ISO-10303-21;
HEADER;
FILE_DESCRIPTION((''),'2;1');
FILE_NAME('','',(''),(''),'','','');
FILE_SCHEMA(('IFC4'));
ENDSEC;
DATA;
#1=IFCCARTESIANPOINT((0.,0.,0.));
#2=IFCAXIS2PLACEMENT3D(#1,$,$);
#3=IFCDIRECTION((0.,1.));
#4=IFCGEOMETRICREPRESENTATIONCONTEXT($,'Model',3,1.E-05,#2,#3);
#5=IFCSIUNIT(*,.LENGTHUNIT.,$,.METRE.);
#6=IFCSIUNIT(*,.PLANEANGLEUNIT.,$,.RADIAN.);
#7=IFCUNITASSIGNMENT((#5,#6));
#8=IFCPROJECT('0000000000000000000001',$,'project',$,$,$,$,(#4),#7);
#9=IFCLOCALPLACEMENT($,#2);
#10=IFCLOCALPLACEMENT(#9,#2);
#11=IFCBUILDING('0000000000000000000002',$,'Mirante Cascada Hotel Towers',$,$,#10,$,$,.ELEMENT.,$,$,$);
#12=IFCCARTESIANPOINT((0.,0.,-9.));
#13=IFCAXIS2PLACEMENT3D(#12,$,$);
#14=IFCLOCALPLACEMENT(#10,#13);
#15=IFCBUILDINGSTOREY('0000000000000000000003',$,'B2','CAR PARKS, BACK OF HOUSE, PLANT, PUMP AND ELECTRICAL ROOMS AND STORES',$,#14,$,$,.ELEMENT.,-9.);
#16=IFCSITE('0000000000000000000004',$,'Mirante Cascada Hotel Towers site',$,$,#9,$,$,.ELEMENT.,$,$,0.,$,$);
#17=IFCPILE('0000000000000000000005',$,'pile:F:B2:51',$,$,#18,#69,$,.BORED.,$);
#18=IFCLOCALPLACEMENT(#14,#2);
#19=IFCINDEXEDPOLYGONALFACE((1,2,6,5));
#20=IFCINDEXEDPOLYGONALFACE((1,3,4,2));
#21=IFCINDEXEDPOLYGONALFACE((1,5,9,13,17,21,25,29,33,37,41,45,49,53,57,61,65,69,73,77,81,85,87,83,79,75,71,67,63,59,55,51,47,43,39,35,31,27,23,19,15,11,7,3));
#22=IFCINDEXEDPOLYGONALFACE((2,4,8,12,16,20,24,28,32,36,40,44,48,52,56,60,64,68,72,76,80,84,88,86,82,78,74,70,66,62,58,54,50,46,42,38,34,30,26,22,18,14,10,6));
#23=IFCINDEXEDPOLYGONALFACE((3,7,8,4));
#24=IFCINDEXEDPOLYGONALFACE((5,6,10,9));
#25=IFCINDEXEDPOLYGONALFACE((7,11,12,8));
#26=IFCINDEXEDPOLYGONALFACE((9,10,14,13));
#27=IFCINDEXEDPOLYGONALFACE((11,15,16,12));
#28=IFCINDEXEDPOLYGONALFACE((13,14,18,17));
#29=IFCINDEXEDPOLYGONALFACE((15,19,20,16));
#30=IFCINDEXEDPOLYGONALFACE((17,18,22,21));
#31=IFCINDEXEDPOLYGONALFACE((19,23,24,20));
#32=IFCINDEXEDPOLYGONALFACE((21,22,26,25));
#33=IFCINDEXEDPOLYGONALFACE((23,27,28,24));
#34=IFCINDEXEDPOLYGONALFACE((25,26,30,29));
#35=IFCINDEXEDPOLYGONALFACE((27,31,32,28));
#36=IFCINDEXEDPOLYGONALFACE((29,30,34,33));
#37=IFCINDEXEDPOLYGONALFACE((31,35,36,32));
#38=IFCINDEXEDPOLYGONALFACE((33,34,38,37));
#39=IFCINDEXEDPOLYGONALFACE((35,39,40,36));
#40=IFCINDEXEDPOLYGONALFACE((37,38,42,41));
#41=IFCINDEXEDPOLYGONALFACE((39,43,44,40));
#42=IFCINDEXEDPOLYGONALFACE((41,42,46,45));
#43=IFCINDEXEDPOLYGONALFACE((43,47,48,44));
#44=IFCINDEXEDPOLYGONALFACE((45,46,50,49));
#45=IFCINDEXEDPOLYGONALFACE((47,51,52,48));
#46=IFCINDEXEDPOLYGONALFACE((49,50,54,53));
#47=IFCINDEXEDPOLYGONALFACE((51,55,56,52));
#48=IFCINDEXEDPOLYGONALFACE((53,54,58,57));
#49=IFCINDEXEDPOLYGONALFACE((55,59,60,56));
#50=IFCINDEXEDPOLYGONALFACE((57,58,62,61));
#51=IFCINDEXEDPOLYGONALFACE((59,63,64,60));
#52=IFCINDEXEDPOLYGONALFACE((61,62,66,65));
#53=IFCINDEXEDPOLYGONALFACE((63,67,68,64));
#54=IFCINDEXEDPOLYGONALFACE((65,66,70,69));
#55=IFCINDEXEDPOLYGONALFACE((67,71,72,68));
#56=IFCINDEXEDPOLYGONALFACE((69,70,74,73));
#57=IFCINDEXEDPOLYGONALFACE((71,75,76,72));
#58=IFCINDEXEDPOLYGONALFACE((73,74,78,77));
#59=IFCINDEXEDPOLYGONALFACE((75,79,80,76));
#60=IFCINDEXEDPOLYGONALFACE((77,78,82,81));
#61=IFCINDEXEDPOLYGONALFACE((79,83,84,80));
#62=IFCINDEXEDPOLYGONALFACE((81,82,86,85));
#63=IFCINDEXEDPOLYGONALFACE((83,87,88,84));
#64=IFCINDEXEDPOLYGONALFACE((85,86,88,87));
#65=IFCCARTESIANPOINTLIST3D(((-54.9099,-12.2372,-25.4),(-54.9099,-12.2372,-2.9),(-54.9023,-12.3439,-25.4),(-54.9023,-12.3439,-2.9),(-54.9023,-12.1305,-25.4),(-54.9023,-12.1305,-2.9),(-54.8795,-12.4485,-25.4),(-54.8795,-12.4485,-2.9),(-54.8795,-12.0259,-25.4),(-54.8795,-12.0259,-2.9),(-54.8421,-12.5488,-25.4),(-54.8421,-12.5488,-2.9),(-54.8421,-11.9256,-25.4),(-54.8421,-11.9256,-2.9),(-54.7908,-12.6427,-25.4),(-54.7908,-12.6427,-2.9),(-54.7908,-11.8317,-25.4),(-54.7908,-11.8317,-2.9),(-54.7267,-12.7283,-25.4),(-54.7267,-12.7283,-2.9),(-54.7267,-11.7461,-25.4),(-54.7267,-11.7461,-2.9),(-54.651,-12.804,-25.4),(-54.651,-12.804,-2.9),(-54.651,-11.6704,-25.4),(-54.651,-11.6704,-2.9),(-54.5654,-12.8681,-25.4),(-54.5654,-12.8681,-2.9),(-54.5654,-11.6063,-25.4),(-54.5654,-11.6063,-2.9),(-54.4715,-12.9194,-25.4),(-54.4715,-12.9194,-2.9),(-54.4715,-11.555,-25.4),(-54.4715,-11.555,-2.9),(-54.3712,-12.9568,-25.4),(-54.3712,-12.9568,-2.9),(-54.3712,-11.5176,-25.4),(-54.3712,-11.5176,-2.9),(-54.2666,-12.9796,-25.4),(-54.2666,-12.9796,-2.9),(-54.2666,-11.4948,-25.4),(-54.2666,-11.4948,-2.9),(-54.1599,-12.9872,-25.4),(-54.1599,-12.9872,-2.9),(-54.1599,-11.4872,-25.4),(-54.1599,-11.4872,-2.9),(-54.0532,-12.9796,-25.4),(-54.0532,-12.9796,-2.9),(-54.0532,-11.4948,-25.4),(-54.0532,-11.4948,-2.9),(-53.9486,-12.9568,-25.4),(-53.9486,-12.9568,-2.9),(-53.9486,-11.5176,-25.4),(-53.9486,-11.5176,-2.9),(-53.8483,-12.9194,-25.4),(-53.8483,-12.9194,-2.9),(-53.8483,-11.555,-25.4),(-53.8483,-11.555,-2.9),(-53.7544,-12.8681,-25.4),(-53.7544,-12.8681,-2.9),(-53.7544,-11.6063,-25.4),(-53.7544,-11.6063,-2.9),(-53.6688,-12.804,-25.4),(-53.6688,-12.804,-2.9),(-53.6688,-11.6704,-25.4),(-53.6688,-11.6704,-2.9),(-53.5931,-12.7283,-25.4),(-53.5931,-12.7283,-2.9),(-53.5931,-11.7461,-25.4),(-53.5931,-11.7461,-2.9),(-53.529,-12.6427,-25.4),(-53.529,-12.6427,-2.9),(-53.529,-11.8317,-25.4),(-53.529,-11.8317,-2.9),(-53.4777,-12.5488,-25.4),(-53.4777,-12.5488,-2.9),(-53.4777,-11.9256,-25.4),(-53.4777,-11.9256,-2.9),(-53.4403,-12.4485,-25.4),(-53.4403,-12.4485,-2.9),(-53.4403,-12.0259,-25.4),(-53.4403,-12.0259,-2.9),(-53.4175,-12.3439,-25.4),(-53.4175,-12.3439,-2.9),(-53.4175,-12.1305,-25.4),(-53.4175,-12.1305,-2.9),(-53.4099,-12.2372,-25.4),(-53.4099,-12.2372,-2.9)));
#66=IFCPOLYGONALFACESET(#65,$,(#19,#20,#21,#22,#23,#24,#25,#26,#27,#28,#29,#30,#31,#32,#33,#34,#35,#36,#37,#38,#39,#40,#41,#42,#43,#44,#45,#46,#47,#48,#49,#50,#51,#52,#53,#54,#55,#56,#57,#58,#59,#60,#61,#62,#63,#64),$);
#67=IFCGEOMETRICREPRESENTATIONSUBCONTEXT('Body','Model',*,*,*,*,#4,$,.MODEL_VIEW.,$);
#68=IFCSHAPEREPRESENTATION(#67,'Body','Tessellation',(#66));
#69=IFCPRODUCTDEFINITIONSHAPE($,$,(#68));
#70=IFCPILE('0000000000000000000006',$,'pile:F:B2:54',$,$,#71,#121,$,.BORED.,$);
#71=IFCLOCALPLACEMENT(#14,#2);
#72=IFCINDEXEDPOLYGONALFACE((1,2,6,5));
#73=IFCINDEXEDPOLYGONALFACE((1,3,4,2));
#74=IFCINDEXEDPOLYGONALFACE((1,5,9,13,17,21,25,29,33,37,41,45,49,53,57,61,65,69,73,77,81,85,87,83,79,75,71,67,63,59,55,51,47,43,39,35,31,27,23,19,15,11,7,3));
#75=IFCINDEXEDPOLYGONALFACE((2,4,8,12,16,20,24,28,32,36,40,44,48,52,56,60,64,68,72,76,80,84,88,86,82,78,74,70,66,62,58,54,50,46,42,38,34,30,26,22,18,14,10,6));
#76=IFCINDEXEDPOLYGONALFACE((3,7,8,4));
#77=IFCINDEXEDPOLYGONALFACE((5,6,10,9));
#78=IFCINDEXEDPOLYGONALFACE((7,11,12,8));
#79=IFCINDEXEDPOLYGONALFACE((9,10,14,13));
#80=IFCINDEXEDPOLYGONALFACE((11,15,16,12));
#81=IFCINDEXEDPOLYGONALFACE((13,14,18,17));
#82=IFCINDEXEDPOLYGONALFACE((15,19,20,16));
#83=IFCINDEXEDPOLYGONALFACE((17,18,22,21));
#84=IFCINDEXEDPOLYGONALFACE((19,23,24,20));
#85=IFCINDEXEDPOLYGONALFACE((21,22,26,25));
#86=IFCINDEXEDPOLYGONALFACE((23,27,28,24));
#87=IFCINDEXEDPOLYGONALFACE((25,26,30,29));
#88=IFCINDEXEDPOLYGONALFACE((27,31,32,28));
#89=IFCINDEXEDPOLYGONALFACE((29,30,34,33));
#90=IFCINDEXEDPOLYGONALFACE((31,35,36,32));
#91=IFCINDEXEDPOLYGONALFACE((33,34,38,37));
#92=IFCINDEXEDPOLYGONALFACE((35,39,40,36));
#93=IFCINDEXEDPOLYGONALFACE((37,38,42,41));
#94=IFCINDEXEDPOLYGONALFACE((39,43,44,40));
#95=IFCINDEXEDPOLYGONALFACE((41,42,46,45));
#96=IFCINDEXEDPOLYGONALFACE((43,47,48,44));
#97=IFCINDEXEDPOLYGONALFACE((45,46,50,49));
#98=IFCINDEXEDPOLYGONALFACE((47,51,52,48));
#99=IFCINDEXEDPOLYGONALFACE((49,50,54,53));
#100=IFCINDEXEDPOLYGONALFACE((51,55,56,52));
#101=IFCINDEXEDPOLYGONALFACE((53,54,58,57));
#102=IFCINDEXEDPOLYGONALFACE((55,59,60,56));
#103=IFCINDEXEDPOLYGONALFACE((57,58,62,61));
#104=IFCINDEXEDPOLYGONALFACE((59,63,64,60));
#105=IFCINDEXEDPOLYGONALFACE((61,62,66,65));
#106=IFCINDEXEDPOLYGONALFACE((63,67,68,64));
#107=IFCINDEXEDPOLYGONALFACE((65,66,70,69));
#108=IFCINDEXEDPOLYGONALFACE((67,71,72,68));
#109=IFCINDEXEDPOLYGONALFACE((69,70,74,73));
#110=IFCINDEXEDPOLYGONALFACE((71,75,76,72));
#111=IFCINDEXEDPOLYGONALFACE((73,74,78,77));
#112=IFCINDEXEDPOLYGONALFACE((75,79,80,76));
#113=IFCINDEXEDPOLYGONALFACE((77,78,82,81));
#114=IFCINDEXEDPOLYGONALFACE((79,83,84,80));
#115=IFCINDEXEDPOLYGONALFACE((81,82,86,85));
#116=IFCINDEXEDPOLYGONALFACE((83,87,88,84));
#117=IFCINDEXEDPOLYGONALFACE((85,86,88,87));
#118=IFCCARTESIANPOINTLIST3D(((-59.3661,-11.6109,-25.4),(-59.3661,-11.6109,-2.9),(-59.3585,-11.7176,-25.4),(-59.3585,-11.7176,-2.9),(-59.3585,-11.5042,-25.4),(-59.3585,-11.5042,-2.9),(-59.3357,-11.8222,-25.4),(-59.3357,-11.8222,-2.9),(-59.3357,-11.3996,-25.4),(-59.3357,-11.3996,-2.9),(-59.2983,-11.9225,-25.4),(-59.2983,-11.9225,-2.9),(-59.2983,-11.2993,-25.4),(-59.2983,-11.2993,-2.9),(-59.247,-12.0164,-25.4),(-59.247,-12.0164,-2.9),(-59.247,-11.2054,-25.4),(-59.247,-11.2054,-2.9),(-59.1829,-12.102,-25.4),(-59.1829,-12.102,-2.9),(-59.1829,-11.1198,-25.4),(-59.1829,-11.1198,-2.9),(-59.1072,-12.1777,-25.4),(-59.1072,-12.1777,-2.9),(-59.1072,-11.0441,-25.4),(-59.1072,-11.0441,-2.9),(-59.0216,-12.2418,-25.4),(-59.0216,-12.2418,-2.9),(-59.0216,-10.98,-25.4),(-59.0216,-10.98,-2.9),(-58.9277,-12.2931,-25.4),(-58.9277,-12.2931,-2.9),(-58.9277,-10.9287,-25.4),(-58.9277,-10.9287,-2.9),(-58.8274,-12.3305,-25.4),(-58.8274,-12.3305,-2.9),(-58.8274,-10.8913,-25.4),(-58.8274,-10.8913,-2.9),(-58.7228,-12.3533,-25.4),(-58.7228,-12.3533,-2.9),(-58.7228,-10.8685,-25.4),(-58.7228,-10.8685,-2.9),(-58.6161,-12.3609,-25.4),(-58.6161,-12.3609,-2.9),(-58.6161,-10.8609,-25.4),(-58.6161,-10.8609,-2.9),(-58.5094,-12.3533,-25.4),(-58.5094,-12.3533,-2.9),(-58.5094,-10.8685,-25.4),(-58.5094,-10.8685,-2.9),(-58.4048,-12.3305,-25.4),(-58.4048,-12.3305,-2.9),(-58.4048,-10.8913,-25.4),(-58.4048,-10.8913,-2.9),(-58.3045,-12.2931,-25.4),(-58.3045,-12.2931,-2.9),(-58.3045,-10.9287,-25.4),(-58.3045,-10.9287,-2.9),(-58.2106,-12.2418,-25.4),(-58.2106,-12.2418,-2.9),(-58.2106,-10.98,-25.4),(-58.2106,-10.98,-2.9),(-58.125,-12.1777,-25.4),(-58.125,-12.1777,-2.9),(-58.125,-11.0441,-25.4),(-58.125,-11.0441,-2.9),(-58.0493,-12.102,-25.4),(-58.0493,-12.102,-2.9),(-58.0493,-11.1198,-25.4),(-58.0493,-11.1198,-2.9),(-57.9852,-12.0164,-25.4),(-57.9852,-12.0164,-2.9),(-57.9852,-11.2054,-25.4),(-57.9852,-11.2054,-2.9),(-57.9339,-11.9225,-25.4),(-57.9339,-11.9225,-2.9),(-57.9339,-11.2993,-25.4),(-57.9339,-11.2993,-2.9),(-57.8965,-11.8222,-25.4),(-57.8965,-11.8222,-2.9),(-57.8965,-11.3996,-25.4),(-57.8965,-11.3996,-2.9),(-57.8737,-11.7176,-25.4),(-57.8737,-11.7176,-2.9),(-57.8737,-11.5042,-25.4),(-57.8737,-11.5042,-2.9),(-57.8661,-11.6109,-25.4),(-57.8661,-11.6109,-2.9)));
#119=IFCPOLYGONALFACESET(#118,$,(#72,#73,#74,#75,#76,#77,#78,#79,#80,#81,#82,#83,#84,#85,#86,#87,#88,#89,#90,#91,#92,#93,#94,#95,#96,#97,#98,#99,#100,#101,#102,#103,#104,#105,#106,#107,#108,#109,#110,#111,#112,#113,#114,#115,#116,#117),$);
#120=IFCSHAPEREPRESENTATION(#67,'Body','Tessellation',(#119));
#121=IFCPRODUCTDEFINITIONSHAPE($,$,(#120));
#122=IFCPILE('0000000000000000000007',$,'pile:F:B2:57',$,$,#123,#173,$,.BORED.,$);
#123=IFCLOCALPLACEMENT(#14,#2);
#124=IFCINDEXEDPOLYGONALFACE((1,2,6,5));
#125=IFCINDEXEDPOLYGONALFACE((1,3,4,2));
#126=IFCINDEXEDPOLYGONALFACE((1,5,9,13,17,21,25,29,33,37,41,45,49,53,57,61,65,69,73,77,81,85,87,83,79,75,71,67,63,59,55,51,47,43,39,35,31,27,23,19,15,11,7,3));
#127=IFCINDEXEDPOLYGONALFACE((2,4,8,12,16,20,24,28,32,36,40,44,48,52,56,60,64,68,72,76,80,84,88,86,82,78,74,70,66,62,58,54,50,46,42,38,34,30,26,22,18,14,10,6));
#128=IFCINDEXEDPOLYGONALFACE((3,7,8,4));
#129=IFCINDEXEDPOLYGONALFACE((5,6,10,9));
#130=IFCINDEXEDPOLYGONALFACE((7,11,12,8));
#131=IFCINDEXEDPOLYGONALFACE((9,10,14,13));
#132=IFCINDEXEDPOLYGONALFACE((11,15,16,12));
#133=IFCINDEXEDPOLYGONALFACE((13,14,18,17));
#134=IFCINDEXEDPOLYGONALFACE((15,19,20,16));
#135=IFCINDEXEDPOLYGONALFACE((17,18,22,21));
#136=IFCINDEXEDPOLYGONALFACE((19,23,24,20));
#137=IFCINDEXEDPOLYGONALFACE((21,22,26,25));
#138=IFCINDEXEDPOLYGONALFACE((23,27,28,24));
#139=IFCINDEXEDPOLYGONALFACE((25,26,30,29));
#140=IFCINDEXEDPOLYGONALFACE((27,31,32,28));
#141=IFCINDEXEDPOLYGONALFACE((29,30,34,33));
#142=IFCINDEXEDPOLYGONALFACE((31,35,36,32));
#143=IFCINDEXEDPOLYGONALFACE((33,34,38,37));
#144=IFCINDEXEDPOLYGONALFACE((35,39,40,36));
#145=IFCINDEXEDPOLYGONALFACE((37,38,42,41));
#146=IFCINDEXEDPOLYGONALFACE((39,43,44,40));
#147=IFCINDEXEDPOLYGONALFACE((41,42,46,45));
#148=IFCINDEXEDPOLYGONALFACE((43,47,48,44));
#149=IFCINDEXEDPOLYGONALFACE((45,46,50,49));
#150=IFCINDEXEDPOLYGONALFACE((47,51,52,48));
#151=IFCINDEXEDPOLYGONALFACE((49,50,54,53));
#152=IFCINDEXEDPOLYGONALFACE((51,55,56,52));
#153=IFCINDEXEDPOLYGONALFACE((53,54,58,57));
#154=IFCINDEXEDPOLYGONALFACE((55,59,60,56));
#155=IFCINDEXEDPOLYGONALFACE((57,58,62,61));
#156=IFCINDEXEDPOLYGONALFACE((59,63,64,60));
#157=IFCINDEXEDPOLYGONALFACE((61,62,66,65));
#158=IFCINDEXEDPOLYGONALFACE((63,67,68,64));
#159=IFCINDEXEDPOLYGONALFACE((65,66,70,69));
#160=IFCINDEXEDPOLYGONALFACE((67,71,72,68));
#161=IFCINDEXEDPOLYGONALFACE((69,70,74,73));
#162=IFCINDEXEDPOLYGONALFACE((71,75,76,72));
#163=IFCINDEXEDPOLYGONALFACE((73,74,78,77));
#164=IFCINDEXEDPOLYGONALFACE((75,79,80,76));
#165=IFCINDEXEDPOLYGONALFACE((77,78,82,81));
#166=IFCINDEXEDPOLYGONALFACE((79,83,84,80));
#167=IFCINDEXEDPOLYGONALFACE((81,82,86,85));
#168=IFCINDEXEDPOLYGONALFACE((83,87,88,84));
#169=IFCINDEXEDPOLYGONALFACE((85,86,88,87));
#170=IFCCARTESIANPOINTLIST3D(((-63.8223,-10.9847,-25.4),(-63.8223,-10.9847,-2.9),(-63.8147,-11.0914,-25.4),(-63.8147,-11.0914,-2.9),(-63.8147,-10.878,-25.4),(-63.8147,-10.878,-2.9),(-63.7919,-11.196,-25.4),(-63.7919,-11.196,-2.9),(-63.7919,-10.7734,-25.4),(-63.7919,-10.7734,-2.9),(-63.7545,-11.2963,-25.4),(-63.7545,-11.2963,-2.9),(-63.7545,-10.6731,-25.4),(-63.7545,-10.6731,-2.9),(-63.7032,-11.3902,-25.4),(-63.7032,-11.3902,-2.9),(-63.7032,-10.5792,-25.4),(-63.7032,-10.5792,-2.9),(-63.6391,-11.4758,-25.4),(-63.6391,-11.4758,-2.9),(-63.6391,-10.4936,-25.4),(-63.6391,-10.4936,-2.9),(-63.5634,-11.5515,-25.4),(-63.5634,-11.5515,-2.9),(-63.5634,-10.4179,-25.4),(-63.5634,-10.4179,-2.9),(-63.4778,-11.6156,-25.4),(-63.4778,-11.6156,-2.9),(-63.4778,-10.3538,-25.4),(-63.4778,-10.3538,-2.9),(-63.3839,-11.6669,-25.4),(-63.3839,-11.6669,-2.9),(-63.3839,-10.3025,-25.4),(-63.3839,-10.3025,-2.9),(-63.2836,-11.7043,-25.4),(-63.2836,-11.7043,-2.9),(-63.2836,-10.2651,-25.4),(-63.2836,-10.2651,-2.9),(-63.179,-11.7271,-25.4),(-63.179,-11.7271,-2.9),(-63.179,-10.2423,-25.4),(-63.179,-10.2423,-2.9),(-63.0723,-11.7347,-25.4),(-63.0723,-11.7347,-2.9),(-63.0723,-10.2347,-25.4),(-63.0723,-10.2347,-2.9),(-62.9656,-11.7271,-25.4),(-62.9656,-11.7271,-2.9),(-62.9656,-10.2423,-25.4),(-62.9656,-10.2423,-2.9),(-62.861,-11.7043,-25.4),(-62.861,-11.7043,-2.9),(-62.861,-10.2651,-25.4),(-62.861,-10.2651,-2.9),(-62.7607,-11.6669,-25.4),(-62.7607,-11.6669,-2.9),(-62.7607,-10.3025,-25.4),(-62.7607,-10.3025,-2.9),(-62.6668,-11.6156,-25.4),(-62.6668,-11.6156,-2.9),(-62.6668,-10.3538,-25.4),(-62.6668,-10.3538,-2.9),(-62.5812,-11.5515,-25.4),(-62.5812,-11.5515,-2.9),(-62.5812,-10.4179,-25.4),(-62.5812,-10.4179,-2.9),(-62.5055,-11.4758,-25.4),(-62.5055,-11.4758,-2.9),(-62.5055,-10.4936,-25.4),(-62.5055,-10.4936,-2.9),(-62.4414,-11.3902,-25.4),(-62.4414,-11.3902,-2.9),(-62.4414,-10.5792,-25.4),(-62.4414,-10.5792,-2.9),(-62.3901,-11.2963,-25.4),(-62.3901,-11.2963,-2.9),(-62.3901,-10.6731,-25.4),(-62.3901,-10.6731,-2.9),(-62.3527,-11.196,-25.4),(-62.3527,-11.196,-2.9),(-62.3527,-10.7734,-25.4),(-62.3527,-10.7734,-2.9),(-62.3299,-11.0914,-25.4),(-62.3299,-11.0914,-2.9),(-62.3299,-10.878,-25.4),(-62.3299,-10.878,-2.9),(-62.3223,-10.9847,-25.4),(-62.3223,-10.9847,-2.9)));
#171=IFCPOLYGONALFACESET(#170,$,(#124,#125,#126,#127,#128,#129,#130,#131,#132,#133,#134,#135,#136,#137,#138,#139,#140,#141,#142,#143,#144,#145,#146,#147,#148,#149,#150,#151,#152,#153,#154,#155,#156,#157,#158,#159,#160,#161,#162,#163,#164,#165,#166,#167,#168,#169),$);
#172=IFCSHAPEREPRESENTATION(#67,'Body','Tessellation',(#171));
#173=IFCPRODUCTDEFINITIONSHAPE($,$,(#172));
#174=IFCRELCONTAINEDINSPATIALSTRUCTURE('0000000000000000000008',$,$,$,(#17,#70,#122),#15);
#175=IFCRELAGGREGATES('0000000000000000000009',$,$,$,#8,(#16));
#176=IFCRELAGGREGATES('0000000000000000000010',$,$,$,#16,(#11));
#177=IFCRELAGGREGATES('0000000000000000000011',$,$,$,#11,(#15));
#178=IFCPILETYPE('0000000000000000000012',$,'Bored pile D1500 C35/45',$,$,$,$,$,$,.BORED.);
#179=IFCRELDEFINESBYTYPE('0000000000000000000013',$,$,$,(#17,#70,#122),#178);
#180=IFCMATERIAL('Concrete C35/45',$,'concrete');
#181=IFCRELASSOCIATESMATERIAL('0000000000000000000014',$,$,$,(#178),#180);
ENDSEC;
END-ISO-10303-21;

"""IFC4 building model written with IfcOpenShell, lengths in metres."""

from ifc_helpers import new_model, si_unit, direction, frame, origin, origin_2d, place, context, subcontext, project, spatial, circle, extrude, material, material_profile, profile_set, type_object, element, save


model = new_model("IFC4")

# Units and contexts
model_context = context("Model", 3, precision=1e-05, world=origin(), true_north=direction((0.0, 1.0)))
body_context = subcontext(model_context, "Body", "Model", "MODEL_VIEW")
ifc_project = project(units=[si_unit("LENGTHUNIT", "METRE"), si_unit("PLANEANGLEUNIT", "RADIAN")], contexts=[model_context])

# Site, building, storey
site_placement = place(None, origin())
site = spatial("IfcSite", under=ifc_project, at=site_placement, Name="Mirante Cascada Hotel Towers site", CompositionType="ELEMENT", RefElevation=0.0)
building_placement = place(site_placement, origin())
building = spatial("IfcBuilding", under=site, at=building_placement, Name="Mirante Cascada Hotel Towers", CompositionType="ELEMENT")
storey_placement = place(building_placement, frame((0.0, 0.0, -9.0)))
storey = spatial("IfcBuildingStorey", under=building, at=storey_placement, Name="B2", Description="CAR PARKS, BACK OF HOUSE, PLANT, PUMP AND ELECTRICAL ROOMS AND STORES", CompositionType="ELEMENT", Elevation=-9.0)

# Piles
ifc_material_1 = material(Name="Concrete C35/45", Category="concrete")
ifc_material_profile = material_profile(ifc_material_1, circle(Radius=0.75, at=origin_2d()), Name="RC D1500")
ifc_profile_set = profile_set([ifc_material_profile], Name="Concrete C35/45")
pile_type = type_object("IfcPileType", Name="Bored pile D1500 C35/45", PredefinedType="BORED", material=ifc_profile_set)
for number, where, z_axis, x_axis, name in (
    (1, (-54.1599, -12.2372, -2.9), (0.0, 0.0, -1.0), (1.0, 0.0, 0.0), "pile:F:B2:51"),
    (2, (-58.6161, -11.6109, -2.9), (0.0, 0.0, -1.0), (1.0, 0.0, 0.0), "pile:F:B2:54"),
    (3, (-63.0723, -10.9847, -2.9), (0.0, 0.0, -1.0), (1.0, 0.0, 0.0), "pile:F:B2:57"),
):
    element("IfcPile", number, at=place(storey_placement, frame(where, z_axis=z_axis, x_axis=x_axis)), inside=storey, type_object=pile_type, Name=name, PredefinedType="BORED", context=body_context, shape_type="SweptSolid", body=[
        extrude(circle(Radius=0.75, at=origin_2d()), origin(), (0.0, 0.0, 1.0), 22.5),
    ])

save(model, "model.ifc")
